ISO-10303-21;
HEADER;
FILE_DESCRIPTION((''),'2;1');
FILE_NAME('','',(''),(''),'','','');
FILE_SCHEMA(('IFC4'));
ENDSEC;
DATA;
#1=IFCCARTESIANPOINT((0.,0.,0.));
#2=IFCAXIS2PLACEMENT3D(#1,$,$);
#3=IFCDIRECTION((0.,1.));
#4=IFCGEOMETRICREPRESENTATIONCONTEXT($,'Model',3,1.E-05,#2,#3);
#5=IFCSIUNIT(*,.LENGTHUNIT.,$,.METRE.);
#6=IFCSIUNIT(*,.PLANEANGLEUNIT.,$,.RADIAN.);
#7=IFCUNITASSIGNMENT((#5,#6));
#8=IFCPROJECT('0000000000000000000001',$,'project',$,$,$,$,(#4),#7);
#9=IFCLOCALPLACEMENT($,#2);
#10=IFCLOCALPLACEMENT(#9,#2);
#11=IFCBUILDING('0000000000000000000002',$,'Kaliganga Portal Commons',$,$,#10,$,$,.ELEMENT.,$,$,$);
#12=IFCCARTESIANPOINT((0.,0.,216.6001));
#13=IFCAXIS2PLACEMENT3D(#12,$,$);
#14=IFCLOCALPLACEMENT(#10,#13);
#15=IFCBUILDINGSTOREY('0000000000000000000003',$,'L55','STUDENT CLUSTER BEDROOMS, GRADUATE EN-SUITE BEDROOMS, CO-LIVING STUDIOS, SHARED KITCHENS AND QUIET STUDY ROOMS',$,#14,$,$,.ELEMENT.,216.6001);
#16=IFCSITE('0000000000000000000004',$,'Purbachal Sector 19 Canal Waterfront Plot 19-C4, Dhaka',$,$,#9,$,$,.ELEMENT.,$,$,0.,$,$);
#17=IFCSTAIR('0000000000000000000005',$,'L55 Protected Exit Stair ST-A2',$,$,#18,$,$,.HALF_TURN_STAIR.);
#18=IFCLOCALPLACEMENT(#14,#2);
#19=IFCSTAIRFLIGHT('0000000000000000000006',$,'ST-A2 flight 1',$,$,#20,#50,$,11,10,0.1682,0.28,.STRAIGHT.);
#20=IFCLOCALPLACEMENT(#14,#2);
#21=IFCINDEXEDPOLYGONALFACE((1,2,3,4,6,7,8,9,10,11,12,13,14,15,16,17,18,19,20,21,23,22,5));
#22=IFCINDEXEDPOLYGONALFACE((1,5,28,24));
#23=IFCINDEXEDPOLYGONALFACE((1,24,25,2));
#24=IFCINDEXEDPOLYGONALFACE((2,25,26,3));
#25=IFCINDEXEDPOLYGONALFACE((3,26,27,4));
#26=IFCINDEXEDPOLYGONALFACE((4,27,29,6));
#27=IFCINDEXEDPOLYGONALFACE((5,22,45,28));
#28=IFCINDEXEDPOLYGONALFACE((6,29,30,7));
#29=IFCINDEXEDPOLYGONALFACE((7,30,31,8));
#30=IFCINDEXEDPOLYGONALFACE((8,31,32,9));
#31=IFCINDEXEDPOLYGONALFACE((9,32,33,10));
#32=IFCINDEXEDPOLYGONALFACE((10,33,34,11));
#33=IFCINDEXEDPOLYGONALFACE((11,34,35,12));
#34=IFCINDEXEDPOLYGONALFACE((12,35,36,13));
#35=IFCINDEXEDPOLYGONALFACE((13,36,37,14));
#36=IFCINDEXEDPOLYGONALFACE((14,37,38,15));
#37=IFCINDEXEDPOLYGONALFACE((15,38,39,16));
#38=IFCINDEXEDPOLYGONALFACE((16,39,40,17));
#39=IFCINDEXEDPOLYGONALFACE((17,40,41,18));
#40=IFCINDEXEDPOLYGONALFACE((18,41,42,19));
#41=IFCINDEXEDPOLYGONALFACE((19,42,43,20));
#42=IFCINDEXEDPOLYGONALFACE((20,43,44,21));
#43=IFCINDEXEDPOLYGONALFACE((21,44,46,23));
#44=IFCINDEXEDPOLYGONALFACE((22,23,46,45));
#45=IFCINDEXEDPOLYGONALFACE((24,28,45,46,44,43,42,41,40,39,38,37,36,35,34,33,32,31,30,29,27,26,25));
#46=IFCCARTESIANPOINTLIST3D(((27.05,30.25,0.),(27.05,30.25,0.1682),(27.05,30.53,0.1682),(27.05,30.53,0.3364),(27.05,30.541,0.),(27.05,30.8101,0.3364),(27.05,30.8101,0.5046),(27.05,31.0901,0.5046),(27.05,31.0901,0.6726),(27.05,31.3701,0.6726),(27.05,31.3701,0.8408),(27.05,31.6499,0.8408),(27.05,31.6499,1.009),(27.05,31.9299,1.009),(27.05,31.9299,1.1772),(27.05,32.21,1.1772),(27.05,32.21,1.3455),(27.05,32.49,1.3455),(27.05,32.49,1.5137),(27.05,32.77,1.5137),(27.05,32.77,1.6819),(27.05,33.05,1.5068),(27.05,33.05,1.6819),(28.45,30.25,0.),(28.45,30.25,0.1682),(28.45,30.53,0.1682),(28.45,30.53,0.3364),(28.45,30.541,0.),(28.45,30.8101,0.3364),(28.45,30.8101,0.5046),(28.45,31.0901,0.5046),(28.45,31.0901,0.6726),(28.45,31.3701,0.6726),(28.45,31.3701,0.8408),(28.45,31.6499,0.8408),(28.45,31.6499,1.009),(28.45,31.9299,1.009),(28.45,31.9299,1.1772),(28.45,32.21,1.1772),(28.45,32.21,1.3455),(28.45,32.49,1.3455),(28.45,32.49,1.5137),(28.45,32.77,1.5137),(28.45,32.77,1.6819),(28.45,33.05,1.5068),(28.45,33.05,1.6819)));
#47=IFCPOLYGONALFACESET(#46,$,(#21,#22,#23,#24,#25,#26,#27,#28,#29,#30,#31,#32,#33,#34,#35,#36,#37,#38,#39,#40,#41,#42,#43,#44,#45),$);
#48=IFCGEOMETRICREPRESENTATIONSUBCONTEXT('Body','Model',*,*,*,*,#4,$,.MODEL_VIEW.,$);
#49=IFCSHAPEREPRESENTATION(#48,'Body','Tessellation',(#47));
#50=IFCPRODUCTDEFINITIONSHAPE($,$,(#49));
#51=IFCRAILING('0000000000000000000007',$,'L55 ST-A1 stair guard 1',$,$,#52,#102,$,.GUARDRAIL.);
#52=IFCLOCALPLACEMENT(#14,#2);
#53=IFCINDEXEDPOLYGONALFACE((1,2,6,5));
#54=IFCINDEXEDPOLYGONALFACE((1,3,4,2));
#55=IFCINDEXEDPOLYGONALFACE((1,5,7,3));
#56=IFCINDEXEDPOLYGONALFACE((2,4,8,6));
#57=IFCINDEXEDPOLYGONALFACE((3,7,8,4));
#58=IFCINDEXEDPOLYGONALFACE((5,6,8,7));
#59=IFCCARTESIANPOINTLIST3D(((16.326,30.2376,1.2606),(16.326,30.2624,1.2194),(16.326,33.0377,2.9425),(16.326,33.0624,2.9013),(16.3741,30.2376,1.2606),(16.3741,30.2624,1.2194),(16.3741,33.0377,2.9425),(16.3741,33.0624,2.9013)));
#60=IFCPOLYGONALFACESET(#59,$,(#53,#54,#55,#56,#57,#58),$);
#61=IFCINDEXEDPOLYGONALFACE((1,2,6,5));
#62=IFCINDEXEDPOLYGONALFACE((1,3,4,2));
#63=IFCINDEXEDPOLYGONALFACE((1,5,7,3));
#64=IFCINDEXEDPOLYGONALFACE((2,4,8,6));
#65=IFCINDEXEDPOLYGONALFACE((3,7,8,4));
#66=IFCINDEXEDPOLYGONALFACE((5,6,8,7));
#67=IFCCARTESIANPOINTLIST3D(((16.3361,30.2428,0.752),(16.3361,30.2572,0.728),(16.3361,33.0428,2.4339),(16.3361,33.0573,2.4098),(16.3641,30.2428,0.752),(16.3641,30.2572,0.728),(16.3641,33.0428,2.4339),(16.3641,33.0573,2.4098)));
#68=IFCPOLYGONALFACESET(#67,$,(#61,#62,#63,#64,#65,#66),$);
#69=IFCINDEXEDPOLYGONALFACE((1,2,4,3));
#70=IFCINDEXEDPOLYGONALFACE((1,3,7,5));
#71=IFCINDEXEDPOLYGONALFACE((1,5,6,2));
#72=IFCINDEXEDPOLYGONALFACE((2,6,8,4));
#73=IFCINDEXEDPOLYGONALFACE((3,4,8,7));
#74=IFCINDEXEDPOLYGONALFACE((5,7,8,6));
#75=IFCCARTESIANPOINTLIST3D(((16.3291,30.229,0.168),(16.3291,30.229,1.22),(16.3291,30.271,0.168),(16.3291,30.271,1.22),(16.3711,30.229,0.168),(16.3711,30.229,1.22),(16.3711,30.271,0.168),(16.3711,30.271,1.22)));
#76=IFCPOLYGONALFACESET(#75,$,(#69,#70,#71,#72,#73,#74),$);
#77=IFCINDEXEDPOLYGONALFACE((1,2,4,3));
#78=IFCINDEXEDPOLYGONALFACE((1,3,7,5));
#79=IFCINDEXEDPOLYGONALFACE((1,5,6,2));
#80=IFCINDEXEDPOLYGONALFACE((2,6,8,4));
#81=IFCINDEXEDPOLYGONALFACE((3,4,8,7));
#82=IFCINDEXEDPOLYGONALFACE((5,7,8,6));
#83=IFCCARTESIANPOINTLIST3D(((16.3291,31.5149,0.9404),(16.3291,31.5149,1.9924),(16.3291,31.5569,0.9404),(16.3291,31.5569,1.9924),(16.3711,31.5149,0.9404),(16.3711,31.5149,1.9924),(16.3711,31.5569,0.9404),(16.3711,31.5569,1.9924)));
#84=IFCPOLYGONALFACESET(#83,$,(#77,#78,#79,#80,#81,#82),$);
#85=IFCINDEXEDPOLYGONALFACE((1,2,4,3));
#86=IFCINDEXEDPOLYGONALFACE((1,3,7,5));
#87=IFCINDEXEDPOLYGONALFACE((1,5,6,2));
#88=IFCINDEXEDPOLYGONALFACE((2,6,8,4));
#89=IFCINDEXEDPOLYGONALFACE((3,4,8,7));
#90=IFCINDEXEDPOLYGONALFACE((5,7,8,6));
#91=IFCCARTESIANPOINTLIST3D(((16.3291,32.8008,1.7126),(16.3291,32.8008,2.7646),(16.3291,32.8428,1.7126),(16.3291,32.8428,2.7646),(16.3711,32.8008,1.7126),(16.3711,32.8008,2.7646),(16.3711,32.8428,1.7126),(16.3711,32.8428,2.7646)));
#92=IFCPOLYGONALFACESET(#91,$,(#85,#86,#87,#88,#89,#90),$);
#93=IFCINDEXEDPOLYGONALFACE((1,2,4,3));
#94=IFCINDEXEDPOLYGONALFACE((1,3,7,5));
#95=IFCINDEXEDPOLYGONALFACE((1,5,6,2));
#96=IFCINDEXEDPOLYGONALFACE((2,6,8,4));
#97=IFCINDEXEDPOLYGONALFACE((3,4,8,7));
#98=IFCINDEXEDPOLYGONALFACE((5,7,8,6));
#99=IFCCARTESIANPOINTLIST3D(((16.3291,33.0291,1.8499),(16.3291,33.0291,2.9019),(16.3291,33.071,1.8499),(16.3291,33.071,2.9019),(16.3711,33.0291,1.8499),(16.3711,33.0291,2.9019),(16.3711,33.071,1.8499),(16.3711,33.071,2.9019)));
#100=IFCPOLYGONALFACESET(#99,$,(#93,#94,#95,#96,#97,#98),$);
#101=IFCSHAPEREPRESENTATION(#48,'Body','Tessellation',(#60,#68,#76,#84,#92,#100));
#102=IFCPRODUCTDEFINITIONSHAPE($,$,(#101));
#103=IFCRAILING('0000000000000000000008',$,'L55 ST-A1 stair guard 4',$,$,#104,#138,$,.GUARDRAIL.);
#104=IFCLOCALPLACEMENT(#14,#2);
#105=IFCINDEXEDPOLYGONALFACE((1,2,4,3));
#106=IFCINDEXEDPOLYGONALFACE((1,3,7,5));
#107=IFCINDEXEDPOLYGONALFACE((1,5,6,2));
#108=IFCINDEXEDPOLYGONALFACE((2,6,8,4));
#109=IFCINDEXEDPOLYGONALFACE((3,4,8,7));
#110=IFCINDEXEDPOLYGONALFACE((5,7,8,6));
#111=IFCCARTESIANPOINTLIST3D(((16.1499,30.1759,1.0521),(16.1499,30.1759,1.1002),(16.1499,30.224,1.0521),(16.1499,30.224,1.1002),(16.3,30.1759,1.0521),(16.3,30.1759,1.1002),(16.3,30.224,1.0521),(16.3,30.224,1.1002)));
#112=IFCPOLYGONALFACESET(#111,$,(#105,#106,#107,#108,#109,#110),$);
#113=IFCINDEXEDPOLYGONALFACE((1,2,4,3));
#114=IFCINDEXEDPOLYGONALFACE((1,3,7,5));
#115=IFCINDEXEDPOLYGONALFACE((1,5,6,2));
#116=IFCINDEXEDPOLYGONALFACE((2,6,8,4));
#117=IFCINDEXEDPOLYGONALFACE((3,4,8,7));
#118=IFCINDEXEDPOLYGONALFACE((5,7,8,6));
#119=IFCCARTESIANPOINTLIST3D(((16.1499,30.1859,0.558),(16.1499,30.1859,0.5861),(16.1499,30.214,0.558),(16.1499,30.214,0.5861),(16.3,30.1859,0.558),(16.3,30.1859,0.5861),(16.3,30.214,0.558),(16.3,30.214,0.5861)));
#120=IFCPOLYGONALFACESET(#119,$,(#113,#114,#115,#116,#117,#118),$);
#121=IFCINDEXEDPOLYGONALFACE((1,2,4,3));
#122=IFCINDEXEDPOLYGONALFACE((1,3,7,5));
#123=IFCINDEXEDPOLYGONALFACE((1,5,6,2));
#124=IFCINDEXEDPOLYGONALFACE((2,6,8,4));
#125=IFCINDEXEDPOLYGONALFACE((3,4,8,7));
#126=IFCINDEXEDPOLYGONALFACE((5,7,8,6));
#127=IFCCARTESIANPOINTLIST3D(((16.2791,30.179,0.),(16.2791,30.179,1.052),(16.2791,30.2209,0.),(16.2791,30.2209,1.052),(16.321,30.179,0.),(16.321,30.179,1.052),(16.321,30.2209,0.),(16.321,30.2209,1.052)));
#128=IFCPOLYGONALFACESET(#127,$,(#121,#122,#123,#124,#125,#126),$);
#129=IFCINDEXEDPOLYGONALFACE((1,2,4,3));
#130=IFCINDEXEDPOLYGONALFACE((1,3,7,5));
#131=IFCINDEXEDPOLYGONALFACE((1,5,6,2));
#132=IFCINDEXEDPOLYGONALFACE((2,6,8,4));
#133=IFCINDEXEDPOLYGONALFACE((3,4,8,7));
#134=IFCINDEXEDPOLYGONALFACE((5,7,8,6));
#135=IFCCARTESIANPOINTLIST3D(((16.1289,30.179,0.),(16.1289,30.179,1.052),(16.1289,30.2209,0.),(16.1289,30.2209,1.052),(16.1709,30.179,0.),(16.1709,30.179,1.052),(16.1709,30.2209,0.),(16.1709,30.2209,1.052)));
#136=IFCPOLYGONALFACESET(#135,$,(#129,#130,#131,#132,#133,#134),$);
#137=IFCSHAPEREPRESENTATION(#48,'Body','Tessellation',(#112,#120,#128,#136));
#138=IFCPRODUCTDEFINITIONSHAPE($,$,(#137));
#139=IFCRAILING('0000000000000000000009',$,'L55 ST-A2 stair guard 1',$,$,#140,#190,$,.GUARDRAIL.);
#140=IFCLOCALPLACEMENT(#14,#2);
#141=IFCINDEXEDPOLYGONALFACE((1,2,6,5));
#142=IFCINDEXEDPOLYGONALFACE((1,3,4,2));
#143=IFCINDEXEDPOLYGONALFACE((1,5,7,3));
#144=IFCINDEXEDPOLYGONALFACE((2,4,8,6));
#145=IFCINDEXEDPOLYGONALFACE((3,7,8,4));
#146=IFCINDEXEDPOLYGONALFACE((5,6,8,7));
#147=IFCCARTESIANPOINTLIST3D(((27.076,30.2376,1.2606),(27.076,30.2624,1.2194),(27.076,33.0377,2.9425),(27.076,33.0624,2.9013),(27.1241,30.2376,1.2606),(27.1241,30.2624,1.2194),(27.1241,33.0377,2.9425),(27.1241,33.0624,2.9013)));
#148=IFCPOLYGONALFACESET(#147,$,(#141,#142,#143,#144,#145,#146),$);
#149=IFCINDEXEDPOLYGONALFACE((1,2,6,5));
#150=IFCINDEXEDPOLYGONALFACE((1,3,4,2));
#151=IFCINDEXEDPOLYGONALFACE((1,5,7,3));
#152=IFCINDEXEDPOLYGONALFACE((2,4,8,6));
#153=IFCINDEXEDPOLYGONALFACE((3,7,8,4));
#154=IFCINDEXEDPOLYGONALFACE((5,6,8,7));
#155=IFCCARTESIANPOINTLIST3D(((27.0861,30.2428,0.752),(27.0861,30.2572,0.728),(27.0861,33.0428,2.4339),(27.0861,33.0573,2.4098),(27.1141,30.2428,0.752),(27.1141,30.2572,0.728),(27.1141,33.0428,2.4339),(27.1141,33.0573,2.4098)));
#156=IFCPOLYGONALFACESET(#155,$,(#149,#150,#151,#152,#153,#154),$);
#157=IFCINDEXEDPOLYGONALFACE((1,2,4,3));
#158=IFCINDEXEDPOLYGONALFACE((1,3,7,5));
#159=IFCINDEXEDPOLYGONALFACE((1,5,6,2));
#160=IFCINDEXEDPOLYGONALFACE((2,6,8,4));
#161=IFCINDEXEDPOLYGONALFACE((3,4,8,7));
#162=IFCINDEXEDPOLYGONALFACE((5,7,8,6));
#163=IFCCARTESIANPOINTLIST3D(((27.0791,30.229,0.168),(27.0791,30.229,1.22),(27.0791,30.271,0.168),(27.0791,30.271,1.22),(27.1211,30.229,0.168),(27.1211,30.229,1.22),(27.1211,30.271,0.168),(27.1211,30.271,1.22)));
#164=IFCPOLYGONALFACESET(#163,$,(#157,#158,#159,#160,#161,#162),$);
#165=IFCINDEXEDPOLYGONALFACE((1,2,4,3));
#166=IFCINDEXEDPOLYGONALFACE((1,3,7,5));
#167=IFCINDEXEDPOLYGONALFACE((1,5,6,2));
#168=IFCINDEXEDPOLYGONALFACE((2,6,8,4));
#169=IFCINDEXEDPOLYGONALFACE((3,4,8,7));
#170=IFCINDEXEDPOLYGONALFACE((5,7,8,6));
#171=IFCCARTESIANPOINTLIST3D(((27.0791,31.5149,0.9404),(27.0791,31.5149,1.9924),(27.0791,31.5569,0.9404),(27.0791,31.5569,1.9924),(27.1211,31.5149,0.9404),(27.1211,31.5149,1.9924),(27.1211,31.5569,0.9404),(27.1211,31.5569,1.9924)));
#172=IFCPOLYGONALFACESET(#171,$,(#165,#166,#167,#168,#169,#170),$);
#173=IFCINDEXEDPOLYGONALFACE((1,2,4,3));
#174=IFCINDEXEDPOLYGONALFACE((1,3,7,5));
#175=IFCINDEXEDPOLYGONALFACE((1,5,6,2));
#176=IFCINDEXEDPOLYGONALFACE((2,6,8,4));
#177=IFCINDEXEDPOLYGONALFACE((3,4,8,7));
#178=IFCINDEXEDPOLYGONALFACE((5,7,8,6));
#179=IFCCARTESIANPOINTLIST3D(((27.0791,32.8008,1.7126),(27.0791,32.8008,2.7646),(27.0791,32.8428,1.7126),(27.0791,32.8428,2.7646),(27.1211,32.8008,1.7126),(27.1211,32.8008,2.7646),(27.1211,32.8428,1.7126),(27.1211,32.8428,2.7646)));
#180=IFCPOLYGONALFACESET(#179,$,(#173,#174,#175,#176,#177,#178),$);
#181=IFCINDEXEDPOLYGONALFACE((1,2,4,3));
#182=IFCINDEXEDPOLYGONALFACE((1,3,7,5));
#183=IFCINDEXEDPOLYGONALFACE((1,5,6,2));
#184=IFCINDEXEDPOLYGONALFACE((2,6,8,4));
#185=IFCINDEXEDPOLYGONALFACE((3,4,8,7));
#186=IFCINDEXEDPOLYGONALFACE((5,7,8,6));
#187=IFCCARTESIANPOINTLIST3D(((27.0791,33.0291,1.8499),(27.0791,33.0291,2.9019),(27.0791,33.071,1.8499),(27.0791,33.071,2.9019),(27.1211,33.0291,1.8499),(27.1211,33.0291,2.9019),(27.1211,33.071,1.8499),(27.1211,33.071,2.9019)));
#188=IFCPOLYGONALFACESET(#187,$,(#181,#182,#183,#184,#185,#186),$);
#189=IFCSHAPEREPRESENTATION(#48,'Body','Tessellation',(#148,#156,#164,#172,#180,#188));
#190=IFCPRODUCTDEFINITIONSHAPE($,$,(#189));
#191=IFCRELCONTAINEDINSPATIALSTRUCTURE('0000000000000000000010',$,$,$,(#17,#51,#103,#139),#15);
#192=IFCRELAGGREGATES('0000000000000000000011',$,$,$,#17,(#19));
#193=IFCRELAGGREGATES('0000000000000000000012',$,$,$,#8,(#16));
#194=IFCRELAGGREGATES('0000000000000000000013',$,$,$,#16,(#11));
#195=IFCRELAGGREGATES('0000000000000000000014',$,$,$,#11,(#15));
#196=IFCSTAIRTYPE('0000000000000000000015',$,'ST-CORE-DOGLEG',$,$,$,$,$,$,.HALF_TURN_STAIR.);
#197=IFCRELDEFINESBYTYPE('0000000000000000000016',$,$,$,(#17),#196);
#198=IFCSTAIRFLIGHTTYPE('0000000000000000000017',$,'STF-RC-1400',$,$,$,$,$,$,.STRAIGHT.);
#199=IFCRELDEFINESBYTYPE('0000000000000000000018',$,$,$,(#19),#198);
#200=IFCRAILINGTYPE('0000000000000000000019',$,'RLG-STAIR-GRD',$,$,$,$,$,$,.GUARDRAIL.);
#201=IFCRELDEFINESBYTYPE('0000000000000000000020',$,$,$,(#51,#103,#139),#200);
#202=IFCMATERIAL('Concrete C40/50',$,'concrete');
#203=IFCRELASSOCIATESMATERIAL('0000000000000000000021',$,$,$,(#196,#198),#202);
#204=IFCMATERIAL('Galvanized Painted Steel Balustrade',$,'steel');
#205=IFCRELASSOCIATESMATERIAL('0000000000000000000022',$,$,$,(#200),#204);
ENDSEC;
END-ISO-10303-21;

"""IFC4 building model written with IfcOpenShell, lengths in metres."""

from ifc_helpers import new_model, si_unit, direction, frame, origin, origin_2d, place, context, subcontext, project, spatial, polyline, rectangle, outline, extrude, material, type_object, element, aggregate, save


model = new_model("IFC4")

# Units and contexts
model_context = context("Model", 3, precision=1e-05, world=origin(), true_north=direction((0.0, 1.0)))
body_context = subcontext(model_context, "Body", "Model", "MODEL_VIEW")
ifc_project = project(units=[si_unit("LENGTHUNIT", "METRE"), si_unit("PLANEANGLEUNIT", "RADIAN")], contexts=[model_context])

# Site, building, storey
site_placement = place(None, origin())
site = spatial("IfcSite", under=ifc_project, at=site_placement, Name="Purbachal Sector 19 Canal Waterfront Plot 19-C4, Dhaka", CompositionType="ELEMENT", RefElevation=0.0)
building_placement = place(site_placement, origin())
building = spatial("IfcBuilding", under=site, at=building_placement, Name="Kaliganga Portal Commons", CompositionType="ELEMENT")
storey_placement = place(building_placement, frame((0.0, 0.0, 216.6001)))
storey = spatial("IfcBuildingStorey", under=building, at=storey_placement, Name="L55", Description="STUDENT CLUSTER BEDROOMS, GRADUATE EN-SUITE BEDROOMS, CO-LIVING STUDIOS, SHARED KITCHENS AND QUIET STUDY ROOMS", CompositionType="ELEMENT", Elevation=216.6001)

# Stair, stair flight
ifc_material_1 = material(Name="Concrete C40/50", Category="concrete")
stair_type = type_object("IfcStairType", Name="ST-CORE-DOGLEG", PredefinedType="HALF_TURN_STAIR", material=ifc_material_1)
stair_flight_type = type_object("IfcStairFlightType", Name="STF-RC-1400", PredefinedType="STRAIGHT", material=ifc_material_1)
stair_1_placement = place(storey_placement, origin())
stair_1 = element("IfcStair", 1, at=stair_1_placement, inside=storey, type_object=stair_type, Name="L55 Protected Exit Stair ST-A2", PredefinedType="HALF_TURN_STAIR")
stair_flight_1_placement = place(storey_placement, frame((27.75, 30.25, 0.0), z_axis=(0.0, 0.0, 1.0), x_axis=(0.0, 1.0, 0.0)))
stair_flight_1 = element("IfcStairFlight", 2, at=stair_flight_1_placement, type_object=stair_flight_type, Name="ST-A2 flight 1", NumberOfRisers=11, NumberOfTreads=10, PredefinedType="STRAIGHT", RiserHeight=0.1682, TreadLength=0.28, context=body_context, shape_type="SweptSolid", body=[
    extrude(outline(polyline([(0.0, 0.0), (0.0, 0.1682), (0.28, 0.1682), (0.28, 0.3364), (0.5601, 0.3364), (0.5601, 0.5046), (0.8401, 0.5046), (0.8401, 0.6726), (1.1201, 0.6726), (1.1201, 0.8408), (1.3999, 0.8408), (1.3999, 1.009), (1.6799, 1.009), (1.6799, 1.1772), (1.96, 1.1772), (1.96, 1.3455), (2.24, 1.3455), (2.24, 1.5137), (2.52, 1.5137), (2.52, 1.6819), (2.8, 1.6819), (2.8, 1.8501), (2.8, 1.5068), (0.291, 0.0), (0.0, 0.0)])), frame((0.0, 0.7, 0.0), z_axis=(0.0, -1.0, 0.0), x_axis=(1.0, 0.0, 0.0)), (0.0, 0.0, 1.0), 1.3999),
])
aggregate(stair_1, [stair_flight_1])

# Railings
ifc_material_2 = material(Name="Galvanized Painted Steel Balustrade", Category="steel")
railing_type_1 = type_object("IfcRailingType", Name="RLG-STAIR-GRD", PredefinedType="GUARDRAIL", material=ifc_material_2)
railing_1_placement = place(storey_placement, frame((16.3501, 30.25, 0.168)))
element("IfcRailing", 3, at=railing_1_placement, inside=storey, type_object=railing_type_1, Name="L55 ST-A1 stair guard 1", PredefinedType="GUARDRAIL", context=body_context, shape_type="SweptSolid", body=[
    extrude(rectangle(XDim=0.0481, YDim=0.0481, at=origin_2d()), frame((0.0, 0.0, 1.072), z_axis=(0.0, 0.857242, 0.514913), x_axis=(-1.0, 0.0, 0.0)), (0.0, 0.0, 1.0), 3.2664),
    extrude(rectangle(XDim=0.0281, YDim=0.0281, at=origin_2d()), frame((0.0, 0.0, 0.572), z_axis=(0.0, 0.857242, 0.514913), x_axis=(-1.0, 0.0, 0.0)), (0.0, 0.0, 1.0), 3.2664),
    extrude(rectangle(XDim=0.042, YDim=0.042, at=origin_2d()), origin(), (0.0, 0.0, 1.0), 1.052),
    extrude(rectangle(XDim=0.042, YDim=0.042, at=origin_2d()), frame((0.0, 1.2859, 0.7725)), (0.0, 0.0, 1.0), 1.052),
    extrude(rectangle(XDim=0.042, YDim=0.042, at=origin_2d()), frame((0.0, 2.5718, 1.5447)), (0.0, 0.0, 1.0), 1.052),
    extrude(rectangle(XDim=0.042, YDim=0.042, at=origin_2d()), frame((0.0, 2.8, 1.6819)), (0.0, 0.0, 1.0), 1.052),
])
railing_2_placement = place(storey_placement, frame((16.3, 30.2, 0.0)))
element("IfcRailing", 4, at=railing_2_placement, inside=storey, type_object=railing_type_1, Name="L55 ST-A1 stair guard 4", PredefinedType="GUARDRAIL", context=body_context, shape_type="SweptSolid", body=[
    extrude(rectangle(XDim=0.0481, YDim=0.0481, at=origin_2d()), frame((0.0, 0.0, 1.0762), z_axis=(-1.0, 0.0, 0.0), x_axis=(0.0, -1.0, 0.0)), (0.0, 0.0, 1.0), 0.1501),
    extrude(rectangle(XDim=0.0281, YDim=0.0281, at=origin_2d()), frame((0.0, 0.0, 0.572), z_axis=(-1.0, 0.0, 0.0), x_axis=(0.0, -1.0, 0.0)), (0.0, 0.0, 1.0), 0.1501),
    extrude(rectangle(XDim=0.042, YDim=0.042, at=origin_2d()), origin(), (0.0, 0.0, 1.0), 1.052),
    extrude(rectangle(XDim=0.042, YDim=0.042, at=origin_2d()), frame((-0.1501, 0.0, 0.0)), (0.0, 0.0, 1.0), 1.052),
])
railing_3_placement = place(storey_placement, frame((27.1001, 30.25, 0.168)))
element("IfcRailing", 5, at=railing_3_placement, inside=storey, type_object=railing_type_1, Name="L55 ST-A2 stair guard 1", PredefinedType="GUARDRAIL", context=body_context, shape_type="SweptSolid", body=[
    extrude(rectangle(XDim=0.0481, YDim=0.0481, at=origin_2d()), frame((0.0, 0.0, 1.072), z_axis=(0.0, 0.857242, 0.514913), x_axis=(-1.0, 0.0, 0.0)), (0.0, 0.0, 1.0), 3.2664),
    extrude(rectangle(XDim=0.0281, YDim=0.0281, at=origin_2d()), frame((0.0, 0.0, 0.572), z_axis=(0.0, 0.857242, 0.514913), x_axis=(-1.0, 0.0, 0.0)), (0.0, 0.0, 1.0), 3.2664),
    extrude(rectangle(XDim=0.042, YDim=0.042, at=origin_2d()), origin(), (0.0, 0.0, 1.0), 1.052),
    extrude(rectangle(XDim=0.042, YDim=0.042, at=origin_2d()), frame((0.0, 1.2859, 0.7725)), (0.0, 0.0, 1.0), 1.052),
    extrude(rectangle(XDim=0.042, YDim=0.042, at=origin_2d()), frame((0.0, 2.5718, 1.5447)), (0.0, 0.0, 1.0), 1.052),
    extrude(rectangle(XDim=0.042, YDim=0.042, at=origin_2d()), frame((0.0, 2.8, 1.6819)), (0.0, 0.0, 1.0), 1.052),
])

save(model, "model.ifc")
